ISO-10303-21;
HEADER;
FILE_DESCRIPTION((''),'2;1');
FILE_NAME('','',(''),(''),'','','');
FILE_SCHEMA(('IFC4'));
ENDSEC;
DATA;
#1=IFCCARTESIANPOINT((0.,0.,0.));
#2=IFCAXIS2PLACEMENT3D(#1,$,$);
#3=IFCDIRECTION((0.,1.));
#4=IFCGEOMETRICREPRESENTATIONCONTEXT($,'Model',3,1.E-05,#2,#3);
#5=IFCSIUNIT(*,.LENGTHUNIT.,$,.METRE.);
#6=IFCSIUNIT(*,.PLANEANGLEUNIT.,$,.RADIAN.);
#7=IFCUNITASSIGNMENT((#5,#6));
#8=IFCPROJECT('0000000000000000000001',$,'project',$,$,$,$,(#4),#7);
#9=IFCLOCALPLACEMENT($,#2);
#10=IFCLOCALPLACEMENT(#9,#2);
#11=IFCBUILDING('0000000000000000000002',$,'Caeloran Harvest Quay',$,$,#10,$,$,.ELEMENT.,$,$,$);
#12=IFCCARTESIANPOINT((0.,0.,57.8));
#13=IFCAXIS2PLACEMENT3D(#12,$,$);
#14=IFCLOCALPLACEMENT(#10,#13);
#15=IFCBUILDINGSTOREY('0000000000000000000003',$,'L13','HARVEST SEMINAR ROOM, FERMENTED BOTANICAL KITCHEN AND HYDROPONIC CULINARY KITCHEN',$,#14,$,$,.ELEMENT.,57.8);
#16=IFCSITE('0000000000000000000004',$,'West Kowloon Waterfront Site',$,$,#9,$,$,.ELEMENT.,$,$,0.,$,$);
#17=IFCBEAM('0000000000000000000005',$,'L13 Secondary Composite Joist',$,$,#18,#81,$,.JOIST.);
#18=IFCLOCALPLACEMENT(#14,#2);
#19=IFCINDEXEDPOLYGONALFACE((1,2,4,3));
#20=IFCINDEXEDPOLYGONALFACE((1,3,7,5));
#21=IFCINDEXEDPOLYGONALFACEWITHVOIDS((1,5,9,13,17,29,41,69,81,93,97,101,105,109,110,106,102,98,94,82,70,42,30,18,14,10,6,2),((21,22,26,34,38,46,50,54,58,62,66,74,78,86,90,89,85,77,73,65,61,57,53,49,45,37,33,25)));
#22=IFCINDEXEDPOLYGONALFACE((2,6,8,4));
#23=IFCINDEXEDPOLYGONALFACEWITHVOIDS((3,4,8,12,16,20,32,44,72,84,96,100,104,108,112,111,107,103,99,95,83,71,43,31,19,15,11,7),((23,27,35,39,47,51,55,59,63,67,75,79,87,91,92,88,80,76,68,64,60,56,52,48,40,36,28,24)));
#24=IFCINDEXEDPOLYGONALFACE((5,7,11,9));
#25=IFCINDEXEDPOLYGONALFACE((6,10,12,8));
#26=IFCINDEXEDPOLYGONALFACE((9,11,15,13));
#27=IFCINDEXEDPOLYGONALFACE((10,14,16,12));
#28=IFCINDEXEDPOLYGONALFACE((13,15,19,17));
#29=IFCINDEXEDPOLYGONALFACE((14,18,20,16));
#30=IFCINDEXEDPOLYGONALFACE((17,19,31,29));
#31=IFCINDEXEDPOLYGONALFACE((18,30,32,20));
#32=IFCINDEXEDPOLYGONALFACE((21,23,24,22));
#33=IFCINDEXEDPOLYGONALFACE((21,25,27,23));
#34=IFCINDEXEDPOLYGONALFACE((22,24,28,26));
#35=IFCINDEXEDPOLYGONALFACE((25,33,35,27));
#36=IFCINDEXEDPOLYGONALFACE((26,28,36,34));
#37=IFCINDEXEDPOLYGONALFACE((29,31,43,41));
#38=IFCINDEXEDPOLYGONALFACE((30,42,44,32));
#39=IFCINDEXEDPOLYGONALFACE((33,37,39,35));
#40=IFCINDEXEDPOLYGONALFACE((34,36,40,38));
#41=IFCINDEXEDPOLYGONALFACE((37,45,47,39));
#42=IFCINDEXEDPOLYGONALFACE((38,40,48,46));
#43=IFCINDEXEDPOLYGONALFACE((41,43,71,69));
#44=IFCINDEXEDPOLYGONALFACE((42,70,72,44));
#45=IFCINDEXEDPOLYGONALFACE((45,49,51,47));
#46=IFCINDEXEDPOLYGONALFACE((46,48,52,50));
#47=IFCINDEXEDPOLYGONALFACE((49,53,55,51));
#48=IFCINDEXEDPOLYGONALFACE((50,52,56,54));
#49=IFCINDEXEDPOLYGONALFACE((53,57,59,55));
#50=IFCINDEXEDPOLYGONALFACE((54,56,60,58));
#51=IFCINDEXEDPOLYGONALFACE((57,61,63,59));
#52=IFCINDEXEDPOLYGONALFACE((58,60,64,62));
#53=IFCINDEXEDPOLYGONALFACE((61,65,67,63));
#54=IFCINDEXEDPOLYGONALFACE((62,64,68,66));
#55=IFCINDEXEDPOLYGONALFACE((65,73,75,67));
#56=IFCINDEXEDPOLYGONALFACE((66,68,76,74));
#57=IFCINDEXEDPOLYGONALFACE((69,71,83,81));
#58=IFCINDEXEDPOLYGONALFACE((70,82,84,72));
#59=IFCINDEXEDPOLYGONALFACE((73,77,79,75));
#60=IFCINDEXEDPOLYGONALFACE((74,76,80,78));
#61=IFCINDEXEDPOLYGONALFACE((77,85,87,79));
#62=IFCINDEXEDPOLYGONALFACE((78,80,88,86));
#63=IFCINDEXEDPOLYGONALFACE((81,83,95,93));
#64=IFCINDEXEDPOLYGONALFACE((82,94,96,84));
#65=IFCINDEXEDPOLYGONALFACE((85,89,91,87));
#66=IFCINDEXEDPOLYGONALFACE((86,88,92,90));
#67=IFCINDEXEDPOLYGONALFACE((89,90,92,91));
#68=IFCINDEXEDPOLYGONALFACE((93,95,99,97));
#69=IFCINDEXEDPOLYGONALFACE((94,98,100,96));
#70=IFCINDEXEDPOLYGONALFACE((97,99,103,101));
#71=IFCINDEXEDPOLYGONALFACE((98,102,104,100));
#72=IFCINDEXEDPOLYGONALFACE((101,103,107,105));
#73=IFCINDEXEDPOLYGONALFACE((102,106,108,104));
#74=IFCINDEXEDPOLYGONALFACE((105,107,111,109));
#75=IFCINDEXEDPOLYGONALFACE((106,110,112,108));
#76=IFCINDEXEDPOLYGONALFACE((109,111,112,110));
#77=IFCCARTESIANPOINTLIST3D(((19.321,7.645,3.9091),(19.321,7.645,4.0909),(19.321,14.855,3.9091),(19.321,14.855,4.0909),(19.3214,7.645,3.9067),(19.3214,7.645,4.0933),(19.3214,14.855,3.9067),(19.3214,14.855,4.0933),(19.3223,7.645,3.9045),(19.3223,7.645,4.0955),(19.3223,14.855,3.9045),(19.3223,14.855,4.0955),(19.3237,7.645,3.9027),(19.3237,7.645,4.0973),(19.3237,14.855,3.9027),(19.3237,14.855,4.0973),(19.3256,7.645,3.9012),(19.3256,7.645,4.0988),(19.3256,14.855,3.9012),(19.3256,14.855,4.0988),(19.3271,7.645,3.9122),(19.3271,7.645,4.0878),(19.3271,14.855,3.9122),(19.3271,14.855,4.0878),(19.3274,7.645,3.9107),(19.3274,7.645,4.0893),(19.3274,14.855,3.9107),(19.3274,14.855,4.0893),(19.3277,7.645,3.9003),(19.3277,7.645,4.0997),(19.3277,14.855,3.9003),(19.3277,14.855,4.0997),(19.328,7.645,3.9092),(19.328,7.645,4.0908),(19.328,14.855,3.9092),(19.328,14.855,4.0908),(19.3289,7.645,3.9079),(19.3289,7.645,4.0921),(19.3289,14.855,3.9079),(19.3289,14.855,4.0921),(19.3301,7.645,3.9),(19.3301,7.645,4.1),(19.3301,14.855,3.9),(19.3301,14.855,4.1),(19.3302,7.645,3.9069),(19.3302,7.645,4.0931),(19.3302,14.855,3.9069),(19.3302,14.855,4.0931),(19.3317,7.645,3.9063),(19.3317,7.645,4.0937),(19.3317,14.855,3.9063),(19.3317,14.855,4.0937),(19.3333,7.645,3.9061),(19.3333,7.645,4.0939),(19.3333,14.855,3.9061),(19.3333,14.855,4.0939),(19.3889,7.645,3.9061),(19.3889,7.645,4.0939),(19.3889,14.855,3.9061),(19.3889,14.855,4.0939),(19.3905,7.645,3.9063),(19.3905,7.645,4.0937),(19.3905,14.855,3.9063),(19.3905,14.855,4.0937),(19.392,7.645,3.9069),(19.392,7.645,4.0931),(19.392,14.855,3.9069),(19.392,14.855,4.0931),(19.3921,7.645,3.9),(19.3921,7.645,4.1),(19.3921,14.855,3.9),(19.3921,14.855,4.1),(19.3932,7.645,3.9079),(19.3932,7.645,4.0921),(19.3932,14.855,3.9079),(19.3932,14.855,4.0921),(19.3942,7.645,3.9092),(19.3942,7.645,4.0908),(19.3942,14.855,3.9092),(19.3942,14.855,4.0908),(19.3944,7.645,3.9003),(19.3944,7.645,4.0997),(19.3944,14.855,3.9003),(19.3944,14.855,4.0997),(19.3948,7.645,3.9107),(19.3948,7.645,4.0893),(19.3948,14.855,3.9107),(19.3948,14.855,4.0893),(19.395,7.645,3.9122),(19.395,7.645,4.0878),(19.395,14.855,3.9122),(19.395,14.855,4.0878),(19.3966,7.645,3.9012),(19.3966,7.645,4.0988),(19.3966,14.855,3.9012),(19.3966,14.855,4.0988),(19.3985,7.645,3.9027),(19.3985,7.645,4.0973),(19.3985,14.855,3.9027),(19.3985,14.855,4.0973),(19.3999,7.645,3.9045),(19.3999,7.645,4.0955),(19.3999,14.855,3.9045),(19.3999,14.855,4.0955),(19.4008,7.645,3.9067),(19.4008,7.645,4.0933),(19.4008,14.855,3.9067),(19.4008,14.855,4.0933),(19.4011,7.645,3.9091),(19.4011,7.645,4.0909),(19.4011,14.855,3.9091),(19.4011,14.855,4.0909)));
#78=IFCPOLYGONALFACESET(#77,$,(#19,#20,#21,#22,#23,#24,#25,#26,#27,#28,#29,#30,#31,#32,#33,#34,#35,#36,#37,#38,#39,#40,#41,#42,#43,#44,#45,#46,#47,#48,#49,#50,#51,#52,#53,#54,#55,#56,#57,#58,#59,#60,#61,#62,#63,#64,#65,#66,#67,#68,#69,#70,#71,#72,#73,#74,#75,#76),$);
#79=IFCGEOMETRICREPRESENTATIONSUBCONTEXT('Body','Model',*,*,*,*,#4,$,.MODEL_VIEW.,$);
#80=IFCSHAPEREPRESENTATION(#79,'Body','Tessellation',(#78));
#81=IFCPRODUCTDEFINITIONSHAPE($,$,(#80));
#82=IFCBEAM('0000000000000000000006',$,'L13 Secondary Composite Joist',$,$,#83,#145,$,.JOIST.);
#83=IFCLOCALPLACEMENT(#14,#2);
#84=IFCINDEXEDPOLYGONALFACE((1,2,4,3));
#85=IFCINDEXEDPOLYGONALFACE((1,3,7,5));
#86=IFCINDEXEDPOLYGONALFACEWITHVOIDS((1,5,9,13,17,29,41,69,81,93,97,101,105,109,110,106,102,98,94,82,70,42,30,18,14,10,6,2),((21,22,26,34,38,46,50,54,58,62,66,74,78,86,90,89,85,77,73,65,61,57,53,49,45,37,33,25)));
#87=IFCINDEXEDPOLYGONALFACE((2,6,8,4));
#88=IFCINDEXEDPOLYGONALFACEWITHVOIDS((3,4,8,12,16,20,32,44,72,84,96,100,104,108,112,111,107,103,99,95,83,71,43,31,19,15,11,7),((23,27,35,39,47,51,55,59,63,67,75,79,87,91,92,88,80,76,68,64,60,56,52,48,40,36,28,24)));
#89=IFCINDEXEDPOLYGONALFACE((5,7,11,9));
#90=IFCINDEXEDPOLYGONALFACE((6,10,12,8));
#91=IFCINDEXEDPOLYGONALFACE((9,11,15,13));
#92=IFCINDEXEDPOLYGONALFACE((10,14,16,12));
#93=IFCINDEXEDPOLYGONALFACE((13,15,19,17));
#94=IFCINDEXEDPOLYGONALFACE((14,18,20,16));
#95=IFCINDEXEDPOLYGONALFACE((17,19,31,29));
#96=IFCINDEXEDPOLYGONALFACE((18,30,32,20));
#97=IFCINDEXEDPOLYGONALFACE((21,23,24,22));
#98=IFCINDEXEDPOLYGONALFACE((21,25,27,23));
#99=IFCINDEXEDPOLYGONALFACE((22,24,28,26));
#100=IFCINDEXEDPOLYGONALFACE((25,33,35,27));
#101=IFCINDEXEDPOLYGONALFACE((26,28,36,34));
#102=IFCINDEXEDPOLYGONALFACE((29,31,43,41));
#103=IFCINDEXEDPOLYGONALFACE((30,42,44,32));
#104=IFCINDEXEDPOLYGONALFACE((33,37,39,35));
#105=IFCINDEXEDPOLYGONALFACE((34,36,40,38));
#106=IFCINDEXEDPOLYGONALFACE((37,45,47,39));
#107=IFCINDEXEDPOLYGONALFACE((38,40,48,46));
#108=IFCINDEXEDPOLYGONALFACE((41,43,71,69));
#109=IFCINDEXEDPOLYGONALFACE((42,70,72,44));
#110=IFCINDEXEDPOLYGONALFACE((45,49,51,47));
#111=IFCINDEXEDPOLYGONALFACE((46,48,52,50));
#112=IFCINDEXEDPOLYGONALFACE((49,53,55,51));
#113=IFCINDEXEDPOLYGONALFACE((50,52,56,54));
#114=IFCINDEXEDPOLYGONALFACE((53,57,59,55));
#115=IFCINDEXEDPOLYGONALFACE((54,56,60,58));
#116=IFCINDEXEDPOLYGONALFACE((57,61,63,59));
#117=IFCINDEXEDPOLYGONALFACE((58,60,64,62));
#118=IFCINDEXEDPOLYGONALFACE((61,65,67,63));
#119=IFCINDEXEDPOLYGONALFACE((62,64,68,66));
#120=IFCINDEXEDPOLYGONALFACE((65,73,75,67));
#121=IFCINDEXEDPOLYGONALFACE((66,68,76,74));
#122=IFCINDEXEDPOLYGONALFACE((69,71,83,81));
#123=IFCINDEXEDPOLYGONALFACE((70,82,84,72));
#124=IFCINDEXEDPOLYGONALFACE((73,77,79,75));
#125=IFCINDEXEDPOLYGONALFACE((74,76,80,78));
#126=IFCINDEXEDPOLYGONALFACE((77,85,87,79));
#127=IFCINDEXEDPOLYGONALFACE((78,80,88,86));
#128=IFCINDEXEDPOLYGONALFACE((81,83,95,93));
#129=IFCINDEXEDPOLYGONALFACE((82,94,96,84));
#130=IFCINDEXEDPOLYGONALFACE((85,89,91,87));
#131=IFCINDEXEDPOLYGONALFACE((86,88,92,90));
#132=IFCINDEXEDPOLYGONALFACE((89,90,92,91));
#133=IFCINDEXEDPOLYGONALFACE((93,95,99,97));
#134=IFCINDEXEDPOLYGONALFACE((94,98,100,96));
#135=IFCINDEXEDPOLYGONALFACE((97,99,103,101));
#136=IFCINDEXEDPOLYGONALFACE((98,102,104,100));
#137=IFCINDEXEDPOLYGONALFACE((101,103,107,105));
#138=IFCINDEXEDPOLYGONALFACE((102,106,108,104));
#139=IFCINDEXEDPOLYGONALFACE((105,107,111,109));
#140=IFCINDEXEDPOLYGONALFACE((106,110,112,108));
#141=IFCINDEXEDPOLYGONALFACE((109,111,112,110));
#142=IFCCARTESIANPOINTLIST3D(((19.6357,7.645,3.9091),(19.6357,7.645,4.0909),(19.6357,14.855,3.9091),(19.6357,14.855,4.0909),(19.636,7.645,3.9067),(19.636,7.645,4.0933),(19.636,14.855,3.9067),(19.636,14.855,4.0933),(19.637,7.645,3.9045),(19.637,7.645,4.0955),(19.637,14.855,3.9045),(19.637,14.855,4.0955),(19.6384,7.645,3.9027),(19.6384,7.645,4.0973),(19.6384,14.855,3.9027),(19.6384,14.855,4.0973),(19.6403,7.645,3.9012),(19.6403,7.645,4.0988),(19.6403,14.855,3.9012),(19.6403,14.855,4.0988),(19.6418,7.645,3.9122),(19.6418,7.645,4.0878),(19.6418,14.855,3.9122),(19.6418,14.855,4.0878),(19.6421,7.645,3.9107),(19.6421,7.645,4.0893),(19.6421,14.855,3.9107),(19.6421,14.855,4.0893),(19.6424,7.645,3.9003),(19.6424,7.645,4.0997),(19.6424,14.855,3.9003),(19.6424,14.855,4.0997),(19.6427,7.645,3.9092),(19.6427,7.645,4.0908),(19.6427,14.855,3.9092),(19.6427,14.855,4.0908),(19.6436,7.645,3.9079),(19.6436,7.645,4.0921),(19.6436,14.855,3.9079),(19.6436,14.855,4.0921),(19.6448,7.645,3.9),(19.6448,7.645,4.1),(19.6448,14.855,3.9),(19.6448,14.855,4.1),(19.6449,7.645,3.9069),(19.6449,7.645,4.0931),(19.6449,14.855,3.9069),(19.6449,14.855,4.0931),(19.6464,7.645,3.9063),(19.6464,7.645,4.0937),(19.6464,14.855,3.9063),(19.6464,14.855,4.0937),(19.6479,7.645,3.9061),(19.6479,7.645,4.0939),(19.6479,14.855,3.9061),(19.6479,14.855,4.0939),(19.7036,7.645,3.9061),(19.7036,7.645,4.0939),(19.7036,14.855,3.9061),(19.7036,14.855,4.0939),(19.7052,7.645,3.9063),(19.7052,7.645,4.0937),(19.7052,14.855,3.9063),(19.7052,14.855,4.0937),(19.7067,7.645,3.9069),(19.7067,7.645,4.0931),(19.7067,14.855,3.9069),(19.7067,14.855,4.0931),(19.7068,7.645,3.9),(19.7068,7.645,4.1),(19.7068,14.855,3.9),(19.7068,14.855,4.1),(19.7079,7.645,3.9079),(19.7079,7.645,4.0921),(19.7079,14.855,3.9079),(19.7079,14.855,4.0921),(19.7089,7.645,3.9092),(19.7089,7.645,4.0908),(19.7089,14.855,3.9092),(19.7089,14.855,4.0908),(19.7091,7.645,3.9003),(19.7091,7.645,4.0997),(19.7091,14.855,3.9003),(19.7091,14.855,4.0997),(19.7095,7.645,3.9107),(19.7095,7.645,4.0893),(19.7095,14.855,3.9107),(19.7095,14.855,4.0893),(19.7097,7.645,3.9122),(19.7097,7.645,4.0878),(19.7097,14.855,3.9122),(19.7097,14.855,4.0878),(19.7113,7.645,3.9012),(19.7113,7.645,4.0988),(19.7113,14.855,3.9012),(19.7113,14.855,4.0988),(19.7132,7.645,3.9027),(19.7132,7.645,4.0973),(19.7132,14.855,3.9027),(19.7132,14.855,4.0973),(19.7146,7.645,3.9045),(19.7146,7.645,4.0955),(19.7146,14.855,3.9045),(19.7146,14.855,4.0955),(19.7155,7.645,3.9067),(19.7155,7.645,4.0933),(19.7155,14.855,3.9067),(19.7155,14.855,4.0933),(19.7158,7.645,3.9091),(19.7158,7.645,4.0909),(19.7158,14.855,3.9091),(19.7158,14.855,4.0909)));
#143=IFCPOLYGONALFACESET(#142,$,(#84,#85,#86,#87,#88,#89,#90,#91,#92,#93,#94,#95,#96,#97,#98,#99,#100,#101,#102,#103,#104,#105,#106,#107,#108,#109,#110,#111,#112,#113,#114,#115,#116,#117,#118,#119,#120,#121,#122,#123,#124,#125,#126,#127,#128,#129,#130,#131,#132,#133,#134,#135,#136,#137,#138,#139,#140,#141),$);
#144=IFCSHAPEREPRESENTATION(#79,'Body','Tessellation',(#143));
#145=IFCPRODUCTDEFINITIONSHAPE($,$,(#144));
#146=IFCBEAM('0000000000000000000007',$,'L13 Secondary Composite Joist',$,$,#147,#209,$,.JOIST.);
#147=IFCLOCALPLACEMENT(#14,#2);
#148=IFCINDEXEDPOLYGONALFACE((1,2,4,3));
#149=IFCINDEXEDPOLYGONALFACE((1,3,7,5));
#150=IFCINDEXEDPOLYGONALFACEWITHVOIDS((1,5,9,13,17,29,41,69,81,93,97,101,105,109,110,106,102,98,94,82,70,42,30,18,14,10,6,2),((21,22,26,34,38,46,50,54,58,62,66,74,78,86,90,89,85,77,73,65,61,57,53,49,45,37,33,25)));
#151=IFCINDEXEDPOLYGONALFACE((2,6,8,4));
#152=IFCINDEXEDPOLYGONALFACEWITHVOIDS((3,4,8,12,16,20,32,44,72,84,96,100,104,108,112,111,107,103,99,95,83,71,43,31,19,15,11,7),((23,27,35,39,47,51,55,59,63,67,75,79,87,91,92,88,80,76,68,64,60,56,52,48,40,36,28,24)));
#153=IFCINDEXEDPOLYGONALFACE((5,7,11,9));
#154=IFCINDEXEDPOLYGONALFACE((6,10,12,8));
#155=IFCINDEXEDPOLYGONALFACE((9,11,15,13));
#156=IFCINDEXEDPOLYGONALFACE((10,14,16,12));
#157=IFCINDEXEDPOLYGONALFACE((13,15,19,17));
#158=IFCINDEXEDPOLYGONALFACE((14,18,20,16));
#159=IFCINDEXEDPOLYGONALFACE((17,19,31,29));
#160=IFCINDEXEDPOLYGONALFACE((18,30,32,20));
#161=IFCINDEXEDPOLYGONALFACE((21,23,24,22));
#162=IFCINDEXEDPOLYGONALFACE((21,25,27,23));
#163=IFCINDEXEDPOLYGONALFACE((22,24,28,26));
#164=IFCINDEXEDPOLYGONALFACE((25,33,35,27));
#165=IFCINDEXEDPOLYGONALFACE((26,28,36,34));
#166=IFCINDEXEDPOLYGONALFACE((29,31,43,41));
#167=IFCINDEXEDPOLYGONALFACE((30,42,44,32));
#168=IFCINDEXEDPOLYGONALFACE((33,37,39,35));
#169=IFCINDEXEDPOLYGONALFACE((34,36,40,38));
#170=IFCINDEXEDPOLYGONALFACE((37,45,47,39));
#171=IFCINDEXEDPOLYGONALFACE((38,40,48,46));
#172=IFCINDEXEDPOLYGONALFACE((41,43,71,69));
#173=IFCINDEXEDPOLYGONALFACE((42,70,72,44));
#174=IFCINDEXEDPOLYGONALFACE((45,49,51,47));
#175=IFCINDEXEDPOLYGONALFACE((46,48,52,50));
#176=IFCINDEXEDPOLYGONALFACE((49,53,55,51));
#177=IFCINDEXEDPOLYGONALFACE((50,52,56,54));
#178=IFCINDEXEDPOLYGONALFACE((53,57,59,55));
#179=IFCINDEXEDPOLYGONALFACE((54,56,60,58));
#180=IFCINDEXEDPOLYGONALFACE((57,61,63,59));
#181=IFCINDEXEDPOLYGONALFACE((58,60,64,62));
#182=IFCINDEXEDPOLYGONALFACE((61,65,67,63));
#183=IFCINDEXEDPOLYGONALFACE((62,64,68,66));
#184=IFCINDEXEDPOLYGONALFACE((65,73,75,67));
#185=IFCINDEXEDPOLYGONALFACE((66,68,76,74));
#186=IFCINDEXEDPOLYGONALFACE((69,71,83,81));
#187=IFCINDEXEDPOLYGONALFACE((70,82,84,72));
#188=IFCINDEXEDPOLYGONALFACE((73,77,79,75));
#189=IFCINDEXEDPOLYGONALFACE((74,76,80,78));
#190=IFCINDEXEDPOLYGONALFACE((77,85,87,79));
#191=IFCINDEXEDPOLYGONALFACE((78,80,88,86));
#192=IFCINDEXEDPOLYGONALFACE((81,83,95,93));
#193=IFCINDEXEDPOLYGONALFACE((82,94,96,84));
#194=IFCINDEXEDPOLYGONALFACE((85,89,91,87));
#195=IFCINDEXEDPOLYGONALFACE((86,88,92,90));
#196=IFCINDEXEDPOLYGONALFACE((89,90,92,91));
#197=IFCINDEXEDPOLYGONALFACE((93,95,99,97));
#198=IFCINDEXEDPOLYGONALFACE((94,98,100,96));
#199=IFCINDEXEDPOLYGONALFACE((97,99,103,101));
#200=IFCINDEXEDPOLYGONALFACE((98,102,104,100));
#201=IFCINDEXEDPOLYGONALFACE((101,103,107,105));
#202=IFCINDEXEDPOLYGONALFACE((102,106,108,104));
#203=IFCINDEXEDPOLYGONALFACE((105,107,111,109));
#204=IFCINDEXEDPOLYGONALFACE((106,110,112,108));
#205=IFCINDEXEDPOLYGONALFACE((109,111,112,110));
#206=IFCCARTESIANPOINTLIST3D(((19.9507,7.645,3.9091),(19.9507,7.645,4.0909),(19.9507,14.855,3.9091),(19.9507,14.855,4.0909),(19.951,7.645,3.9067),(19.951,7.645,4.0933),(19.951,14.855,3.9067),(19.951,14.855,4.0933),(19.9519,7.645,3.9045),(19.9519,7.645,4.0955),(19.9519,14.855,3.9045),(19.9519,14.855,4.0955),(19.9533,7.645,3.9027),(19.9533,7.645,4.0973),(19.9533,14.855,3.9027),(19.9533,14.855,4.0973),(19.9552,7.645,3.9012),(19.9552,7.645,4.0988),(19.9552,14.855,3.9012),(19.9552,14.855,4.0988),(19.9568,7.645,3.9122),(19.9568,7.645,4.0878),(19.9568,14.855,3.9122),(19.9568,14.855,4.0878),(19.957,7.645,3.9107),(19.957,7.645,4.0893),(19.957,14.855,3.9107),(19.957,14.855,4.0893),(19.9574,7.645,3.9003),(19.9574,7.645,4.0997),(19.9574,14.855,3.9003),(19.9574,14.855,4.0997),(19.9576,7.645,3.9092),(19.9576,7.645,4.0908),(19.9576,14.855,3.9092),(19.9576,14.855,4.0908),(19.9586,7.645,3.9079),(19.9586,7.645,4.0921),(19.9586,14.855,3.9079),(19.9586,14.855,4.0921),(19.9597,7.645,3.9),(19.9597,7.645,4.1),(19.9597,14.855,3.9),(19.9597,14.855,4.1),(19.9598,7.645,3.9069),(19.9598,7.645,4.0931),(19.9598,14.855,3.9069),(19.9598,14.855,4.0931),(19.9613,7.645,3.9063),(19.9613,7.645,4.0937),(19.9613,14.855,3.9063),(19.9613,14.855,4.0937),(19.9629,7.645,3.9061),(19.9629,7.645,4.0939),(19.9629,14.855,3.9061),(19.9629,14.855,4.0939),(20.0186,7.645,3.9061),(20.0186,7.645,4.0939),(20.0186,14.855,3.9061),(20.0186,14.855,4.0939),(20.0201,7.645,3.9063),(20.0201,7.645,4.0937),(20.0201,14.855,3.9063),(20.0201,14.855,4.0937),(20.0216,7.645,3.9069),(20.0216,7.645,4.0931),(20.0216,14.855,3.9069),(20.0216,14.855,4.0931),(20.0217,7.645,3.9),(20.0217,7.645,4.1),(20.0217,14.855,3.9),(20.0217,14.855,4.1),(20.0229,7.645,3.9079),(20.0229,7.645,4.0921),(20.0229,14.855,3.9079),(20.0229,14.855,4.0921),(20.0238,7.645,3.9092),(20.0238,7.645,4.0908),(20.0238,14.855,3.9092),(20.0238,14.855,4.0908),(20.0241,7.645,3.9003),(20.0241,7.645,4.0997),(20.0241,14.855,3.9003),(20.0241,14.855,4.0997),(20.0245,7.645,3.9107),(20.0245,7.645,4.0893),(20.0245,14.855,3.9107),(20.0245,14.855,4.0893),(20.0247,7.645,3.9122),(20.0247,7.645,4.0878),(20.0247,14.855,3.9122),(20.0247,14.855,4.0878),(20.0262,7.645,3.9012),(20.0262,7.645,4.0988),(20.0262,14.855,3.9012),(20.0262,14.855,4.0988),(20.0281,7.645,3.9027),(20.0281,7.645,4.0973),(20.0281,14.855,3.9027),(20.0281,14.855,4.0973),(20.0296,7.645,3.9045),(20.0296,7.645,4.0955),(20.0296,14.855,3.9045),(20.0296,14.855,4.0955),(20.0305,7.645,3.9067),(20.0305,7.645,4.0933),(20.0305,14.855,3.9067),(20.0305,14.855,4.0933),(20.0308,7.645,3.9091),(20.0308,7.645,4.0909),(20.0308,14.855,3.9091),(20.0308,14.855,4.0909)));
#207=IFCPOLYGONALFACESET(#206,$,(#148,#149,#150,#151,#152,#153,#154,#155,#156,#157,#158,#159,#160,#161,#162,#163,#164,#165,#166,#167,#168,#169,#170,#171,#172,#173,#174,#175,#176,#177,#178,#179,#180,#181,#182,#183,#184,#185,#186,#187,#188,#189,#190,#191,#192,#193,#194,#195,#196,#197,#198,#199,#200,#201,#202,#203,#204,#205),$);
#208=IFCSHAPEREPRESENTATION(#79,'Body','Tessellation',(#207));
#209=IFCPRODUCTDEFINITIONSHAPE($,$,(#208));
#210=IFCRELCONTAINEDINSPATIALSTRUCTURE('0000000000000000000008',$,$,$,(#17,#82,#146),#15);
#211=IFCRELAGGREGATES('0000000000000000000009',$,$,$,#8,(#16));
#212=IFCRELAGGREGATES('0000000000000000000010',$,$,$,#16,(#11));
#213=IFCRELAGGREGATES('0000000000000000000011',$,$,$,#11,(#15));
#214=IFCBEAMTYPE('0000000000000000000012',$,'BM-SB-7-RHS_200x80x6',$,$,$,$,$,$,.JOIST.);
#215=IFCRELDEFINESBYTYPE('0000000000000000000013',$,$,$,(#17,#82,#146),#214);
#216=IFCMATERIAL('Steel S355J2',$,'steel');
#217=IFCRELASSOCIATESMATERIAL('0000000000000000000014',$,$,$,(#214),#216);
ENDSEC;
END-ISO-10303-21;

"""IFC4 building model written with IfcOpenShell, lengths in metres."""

from ifc_helpers import new_model, si_unit, direction, frame, origin, origin_2d, place, context, subcontext, project, spatial, hollow_rectangle, extrude, material, material_profile, profile_set, type_object, element, save


model = new_model("IFC4")

# Units and contexts
model_context = context("Model", 3, precision=1e-05, world=origin(), true_north=direction((0.0, 1.0)))
body_context = subcontext(model_context, "Body", "Model", "MODEL_VIEW")
ifc_project = project(units=[si_unit("LENGTHUNIT", "METRE"), si_unit("PLANEANGLEUNIT", "RADIAN")], contexts=[model_context])

# Site, building, storey
site_placement = place(None, origin())
site = spatial("IfcSite", under=ifc_project, at=site_placement, Name="West Kowloon Waterfront Site", CompositionType="ELEMENT", RefElevation=0.0)
building_placement = place(site_placement, origin())
building = spatial("IfcBuilding", under=site, at=building_placement, Name="Caeloran Harvest Quay", CompositionType="ELEMENT")
storey_placement = place(building_placement, frame((0.0, 0.0, 57.8)))
storey = spatial("IfcBuildingStorey", under=building, at=storey_placement, Name="L13", Description="HARVEST SEMINAR ROOM, FERMENTED BOTANICAL KITCHEN AND HYDROPONIC CULINARY KITCHEN", CompositionType="ELEMENT", Elevation=57.8)

# Beams
ifc_material = material(Name="Steel S355J2", Category="steel")
ifc_material_profile_1 = material_profile(ifc_material, hollow_rectangle(XDim=0.0801, YDim=0.2, WallThickness=0.0061, InnerFilletRadius=0.0061, OuterFilletRadius=0.009, at=origin_2d()), Name="RHS 200x80x6")
ifc_profile_set_1 = profile_set([ifc_material_profile_1], Name="Steel S355J2")
beam_type_1 = type_object("IfcBeamType", Name="BM-SB-7-RHS_200x80x6", PredefinedType="JOIST", material=ifc_profile_set_1)
for number, where, z_axis, x_axis, name in (
    (1, (19.3611, 7.645, 4.0), (0.0, 1.0, 0.0), (-1.0, 0.0, 0.0), "L13 Secondary Composite Joist"),
    (2, (19.6758, 7.645, 4.0), (0.0, 1.0, 0.0), (-1.0, 0.0, 0.0), "L13 Secondary Composite Joist"),
    (3, (19.9907, 7.645, 4.0), (0.0, 1.0, 0.0), (-1.0, 0.0, 0.0), "L13 Secondary Composite Joist"),
):
    element("IfcBeam", number, at=place(storey_placement, frame(where, z_axis=z_axis, x_axis=x_axis)), inside=storey, type_object=beam_type_1, Name=name, PredefinedType="JOIST", context=body_context, shape_type="SweptSolid", body=[
        extrude(hollow_rectangle(XDim=0.0801, YDim=0.2, WallThickness=0.0061, InnerFilletRadius=0.0061, OuterFilletRadius=0.009, at=origin_2d()), origin(), (0.0, 0.0, 1.0), 7.21),
    ])

save(model, "model.ifc")
